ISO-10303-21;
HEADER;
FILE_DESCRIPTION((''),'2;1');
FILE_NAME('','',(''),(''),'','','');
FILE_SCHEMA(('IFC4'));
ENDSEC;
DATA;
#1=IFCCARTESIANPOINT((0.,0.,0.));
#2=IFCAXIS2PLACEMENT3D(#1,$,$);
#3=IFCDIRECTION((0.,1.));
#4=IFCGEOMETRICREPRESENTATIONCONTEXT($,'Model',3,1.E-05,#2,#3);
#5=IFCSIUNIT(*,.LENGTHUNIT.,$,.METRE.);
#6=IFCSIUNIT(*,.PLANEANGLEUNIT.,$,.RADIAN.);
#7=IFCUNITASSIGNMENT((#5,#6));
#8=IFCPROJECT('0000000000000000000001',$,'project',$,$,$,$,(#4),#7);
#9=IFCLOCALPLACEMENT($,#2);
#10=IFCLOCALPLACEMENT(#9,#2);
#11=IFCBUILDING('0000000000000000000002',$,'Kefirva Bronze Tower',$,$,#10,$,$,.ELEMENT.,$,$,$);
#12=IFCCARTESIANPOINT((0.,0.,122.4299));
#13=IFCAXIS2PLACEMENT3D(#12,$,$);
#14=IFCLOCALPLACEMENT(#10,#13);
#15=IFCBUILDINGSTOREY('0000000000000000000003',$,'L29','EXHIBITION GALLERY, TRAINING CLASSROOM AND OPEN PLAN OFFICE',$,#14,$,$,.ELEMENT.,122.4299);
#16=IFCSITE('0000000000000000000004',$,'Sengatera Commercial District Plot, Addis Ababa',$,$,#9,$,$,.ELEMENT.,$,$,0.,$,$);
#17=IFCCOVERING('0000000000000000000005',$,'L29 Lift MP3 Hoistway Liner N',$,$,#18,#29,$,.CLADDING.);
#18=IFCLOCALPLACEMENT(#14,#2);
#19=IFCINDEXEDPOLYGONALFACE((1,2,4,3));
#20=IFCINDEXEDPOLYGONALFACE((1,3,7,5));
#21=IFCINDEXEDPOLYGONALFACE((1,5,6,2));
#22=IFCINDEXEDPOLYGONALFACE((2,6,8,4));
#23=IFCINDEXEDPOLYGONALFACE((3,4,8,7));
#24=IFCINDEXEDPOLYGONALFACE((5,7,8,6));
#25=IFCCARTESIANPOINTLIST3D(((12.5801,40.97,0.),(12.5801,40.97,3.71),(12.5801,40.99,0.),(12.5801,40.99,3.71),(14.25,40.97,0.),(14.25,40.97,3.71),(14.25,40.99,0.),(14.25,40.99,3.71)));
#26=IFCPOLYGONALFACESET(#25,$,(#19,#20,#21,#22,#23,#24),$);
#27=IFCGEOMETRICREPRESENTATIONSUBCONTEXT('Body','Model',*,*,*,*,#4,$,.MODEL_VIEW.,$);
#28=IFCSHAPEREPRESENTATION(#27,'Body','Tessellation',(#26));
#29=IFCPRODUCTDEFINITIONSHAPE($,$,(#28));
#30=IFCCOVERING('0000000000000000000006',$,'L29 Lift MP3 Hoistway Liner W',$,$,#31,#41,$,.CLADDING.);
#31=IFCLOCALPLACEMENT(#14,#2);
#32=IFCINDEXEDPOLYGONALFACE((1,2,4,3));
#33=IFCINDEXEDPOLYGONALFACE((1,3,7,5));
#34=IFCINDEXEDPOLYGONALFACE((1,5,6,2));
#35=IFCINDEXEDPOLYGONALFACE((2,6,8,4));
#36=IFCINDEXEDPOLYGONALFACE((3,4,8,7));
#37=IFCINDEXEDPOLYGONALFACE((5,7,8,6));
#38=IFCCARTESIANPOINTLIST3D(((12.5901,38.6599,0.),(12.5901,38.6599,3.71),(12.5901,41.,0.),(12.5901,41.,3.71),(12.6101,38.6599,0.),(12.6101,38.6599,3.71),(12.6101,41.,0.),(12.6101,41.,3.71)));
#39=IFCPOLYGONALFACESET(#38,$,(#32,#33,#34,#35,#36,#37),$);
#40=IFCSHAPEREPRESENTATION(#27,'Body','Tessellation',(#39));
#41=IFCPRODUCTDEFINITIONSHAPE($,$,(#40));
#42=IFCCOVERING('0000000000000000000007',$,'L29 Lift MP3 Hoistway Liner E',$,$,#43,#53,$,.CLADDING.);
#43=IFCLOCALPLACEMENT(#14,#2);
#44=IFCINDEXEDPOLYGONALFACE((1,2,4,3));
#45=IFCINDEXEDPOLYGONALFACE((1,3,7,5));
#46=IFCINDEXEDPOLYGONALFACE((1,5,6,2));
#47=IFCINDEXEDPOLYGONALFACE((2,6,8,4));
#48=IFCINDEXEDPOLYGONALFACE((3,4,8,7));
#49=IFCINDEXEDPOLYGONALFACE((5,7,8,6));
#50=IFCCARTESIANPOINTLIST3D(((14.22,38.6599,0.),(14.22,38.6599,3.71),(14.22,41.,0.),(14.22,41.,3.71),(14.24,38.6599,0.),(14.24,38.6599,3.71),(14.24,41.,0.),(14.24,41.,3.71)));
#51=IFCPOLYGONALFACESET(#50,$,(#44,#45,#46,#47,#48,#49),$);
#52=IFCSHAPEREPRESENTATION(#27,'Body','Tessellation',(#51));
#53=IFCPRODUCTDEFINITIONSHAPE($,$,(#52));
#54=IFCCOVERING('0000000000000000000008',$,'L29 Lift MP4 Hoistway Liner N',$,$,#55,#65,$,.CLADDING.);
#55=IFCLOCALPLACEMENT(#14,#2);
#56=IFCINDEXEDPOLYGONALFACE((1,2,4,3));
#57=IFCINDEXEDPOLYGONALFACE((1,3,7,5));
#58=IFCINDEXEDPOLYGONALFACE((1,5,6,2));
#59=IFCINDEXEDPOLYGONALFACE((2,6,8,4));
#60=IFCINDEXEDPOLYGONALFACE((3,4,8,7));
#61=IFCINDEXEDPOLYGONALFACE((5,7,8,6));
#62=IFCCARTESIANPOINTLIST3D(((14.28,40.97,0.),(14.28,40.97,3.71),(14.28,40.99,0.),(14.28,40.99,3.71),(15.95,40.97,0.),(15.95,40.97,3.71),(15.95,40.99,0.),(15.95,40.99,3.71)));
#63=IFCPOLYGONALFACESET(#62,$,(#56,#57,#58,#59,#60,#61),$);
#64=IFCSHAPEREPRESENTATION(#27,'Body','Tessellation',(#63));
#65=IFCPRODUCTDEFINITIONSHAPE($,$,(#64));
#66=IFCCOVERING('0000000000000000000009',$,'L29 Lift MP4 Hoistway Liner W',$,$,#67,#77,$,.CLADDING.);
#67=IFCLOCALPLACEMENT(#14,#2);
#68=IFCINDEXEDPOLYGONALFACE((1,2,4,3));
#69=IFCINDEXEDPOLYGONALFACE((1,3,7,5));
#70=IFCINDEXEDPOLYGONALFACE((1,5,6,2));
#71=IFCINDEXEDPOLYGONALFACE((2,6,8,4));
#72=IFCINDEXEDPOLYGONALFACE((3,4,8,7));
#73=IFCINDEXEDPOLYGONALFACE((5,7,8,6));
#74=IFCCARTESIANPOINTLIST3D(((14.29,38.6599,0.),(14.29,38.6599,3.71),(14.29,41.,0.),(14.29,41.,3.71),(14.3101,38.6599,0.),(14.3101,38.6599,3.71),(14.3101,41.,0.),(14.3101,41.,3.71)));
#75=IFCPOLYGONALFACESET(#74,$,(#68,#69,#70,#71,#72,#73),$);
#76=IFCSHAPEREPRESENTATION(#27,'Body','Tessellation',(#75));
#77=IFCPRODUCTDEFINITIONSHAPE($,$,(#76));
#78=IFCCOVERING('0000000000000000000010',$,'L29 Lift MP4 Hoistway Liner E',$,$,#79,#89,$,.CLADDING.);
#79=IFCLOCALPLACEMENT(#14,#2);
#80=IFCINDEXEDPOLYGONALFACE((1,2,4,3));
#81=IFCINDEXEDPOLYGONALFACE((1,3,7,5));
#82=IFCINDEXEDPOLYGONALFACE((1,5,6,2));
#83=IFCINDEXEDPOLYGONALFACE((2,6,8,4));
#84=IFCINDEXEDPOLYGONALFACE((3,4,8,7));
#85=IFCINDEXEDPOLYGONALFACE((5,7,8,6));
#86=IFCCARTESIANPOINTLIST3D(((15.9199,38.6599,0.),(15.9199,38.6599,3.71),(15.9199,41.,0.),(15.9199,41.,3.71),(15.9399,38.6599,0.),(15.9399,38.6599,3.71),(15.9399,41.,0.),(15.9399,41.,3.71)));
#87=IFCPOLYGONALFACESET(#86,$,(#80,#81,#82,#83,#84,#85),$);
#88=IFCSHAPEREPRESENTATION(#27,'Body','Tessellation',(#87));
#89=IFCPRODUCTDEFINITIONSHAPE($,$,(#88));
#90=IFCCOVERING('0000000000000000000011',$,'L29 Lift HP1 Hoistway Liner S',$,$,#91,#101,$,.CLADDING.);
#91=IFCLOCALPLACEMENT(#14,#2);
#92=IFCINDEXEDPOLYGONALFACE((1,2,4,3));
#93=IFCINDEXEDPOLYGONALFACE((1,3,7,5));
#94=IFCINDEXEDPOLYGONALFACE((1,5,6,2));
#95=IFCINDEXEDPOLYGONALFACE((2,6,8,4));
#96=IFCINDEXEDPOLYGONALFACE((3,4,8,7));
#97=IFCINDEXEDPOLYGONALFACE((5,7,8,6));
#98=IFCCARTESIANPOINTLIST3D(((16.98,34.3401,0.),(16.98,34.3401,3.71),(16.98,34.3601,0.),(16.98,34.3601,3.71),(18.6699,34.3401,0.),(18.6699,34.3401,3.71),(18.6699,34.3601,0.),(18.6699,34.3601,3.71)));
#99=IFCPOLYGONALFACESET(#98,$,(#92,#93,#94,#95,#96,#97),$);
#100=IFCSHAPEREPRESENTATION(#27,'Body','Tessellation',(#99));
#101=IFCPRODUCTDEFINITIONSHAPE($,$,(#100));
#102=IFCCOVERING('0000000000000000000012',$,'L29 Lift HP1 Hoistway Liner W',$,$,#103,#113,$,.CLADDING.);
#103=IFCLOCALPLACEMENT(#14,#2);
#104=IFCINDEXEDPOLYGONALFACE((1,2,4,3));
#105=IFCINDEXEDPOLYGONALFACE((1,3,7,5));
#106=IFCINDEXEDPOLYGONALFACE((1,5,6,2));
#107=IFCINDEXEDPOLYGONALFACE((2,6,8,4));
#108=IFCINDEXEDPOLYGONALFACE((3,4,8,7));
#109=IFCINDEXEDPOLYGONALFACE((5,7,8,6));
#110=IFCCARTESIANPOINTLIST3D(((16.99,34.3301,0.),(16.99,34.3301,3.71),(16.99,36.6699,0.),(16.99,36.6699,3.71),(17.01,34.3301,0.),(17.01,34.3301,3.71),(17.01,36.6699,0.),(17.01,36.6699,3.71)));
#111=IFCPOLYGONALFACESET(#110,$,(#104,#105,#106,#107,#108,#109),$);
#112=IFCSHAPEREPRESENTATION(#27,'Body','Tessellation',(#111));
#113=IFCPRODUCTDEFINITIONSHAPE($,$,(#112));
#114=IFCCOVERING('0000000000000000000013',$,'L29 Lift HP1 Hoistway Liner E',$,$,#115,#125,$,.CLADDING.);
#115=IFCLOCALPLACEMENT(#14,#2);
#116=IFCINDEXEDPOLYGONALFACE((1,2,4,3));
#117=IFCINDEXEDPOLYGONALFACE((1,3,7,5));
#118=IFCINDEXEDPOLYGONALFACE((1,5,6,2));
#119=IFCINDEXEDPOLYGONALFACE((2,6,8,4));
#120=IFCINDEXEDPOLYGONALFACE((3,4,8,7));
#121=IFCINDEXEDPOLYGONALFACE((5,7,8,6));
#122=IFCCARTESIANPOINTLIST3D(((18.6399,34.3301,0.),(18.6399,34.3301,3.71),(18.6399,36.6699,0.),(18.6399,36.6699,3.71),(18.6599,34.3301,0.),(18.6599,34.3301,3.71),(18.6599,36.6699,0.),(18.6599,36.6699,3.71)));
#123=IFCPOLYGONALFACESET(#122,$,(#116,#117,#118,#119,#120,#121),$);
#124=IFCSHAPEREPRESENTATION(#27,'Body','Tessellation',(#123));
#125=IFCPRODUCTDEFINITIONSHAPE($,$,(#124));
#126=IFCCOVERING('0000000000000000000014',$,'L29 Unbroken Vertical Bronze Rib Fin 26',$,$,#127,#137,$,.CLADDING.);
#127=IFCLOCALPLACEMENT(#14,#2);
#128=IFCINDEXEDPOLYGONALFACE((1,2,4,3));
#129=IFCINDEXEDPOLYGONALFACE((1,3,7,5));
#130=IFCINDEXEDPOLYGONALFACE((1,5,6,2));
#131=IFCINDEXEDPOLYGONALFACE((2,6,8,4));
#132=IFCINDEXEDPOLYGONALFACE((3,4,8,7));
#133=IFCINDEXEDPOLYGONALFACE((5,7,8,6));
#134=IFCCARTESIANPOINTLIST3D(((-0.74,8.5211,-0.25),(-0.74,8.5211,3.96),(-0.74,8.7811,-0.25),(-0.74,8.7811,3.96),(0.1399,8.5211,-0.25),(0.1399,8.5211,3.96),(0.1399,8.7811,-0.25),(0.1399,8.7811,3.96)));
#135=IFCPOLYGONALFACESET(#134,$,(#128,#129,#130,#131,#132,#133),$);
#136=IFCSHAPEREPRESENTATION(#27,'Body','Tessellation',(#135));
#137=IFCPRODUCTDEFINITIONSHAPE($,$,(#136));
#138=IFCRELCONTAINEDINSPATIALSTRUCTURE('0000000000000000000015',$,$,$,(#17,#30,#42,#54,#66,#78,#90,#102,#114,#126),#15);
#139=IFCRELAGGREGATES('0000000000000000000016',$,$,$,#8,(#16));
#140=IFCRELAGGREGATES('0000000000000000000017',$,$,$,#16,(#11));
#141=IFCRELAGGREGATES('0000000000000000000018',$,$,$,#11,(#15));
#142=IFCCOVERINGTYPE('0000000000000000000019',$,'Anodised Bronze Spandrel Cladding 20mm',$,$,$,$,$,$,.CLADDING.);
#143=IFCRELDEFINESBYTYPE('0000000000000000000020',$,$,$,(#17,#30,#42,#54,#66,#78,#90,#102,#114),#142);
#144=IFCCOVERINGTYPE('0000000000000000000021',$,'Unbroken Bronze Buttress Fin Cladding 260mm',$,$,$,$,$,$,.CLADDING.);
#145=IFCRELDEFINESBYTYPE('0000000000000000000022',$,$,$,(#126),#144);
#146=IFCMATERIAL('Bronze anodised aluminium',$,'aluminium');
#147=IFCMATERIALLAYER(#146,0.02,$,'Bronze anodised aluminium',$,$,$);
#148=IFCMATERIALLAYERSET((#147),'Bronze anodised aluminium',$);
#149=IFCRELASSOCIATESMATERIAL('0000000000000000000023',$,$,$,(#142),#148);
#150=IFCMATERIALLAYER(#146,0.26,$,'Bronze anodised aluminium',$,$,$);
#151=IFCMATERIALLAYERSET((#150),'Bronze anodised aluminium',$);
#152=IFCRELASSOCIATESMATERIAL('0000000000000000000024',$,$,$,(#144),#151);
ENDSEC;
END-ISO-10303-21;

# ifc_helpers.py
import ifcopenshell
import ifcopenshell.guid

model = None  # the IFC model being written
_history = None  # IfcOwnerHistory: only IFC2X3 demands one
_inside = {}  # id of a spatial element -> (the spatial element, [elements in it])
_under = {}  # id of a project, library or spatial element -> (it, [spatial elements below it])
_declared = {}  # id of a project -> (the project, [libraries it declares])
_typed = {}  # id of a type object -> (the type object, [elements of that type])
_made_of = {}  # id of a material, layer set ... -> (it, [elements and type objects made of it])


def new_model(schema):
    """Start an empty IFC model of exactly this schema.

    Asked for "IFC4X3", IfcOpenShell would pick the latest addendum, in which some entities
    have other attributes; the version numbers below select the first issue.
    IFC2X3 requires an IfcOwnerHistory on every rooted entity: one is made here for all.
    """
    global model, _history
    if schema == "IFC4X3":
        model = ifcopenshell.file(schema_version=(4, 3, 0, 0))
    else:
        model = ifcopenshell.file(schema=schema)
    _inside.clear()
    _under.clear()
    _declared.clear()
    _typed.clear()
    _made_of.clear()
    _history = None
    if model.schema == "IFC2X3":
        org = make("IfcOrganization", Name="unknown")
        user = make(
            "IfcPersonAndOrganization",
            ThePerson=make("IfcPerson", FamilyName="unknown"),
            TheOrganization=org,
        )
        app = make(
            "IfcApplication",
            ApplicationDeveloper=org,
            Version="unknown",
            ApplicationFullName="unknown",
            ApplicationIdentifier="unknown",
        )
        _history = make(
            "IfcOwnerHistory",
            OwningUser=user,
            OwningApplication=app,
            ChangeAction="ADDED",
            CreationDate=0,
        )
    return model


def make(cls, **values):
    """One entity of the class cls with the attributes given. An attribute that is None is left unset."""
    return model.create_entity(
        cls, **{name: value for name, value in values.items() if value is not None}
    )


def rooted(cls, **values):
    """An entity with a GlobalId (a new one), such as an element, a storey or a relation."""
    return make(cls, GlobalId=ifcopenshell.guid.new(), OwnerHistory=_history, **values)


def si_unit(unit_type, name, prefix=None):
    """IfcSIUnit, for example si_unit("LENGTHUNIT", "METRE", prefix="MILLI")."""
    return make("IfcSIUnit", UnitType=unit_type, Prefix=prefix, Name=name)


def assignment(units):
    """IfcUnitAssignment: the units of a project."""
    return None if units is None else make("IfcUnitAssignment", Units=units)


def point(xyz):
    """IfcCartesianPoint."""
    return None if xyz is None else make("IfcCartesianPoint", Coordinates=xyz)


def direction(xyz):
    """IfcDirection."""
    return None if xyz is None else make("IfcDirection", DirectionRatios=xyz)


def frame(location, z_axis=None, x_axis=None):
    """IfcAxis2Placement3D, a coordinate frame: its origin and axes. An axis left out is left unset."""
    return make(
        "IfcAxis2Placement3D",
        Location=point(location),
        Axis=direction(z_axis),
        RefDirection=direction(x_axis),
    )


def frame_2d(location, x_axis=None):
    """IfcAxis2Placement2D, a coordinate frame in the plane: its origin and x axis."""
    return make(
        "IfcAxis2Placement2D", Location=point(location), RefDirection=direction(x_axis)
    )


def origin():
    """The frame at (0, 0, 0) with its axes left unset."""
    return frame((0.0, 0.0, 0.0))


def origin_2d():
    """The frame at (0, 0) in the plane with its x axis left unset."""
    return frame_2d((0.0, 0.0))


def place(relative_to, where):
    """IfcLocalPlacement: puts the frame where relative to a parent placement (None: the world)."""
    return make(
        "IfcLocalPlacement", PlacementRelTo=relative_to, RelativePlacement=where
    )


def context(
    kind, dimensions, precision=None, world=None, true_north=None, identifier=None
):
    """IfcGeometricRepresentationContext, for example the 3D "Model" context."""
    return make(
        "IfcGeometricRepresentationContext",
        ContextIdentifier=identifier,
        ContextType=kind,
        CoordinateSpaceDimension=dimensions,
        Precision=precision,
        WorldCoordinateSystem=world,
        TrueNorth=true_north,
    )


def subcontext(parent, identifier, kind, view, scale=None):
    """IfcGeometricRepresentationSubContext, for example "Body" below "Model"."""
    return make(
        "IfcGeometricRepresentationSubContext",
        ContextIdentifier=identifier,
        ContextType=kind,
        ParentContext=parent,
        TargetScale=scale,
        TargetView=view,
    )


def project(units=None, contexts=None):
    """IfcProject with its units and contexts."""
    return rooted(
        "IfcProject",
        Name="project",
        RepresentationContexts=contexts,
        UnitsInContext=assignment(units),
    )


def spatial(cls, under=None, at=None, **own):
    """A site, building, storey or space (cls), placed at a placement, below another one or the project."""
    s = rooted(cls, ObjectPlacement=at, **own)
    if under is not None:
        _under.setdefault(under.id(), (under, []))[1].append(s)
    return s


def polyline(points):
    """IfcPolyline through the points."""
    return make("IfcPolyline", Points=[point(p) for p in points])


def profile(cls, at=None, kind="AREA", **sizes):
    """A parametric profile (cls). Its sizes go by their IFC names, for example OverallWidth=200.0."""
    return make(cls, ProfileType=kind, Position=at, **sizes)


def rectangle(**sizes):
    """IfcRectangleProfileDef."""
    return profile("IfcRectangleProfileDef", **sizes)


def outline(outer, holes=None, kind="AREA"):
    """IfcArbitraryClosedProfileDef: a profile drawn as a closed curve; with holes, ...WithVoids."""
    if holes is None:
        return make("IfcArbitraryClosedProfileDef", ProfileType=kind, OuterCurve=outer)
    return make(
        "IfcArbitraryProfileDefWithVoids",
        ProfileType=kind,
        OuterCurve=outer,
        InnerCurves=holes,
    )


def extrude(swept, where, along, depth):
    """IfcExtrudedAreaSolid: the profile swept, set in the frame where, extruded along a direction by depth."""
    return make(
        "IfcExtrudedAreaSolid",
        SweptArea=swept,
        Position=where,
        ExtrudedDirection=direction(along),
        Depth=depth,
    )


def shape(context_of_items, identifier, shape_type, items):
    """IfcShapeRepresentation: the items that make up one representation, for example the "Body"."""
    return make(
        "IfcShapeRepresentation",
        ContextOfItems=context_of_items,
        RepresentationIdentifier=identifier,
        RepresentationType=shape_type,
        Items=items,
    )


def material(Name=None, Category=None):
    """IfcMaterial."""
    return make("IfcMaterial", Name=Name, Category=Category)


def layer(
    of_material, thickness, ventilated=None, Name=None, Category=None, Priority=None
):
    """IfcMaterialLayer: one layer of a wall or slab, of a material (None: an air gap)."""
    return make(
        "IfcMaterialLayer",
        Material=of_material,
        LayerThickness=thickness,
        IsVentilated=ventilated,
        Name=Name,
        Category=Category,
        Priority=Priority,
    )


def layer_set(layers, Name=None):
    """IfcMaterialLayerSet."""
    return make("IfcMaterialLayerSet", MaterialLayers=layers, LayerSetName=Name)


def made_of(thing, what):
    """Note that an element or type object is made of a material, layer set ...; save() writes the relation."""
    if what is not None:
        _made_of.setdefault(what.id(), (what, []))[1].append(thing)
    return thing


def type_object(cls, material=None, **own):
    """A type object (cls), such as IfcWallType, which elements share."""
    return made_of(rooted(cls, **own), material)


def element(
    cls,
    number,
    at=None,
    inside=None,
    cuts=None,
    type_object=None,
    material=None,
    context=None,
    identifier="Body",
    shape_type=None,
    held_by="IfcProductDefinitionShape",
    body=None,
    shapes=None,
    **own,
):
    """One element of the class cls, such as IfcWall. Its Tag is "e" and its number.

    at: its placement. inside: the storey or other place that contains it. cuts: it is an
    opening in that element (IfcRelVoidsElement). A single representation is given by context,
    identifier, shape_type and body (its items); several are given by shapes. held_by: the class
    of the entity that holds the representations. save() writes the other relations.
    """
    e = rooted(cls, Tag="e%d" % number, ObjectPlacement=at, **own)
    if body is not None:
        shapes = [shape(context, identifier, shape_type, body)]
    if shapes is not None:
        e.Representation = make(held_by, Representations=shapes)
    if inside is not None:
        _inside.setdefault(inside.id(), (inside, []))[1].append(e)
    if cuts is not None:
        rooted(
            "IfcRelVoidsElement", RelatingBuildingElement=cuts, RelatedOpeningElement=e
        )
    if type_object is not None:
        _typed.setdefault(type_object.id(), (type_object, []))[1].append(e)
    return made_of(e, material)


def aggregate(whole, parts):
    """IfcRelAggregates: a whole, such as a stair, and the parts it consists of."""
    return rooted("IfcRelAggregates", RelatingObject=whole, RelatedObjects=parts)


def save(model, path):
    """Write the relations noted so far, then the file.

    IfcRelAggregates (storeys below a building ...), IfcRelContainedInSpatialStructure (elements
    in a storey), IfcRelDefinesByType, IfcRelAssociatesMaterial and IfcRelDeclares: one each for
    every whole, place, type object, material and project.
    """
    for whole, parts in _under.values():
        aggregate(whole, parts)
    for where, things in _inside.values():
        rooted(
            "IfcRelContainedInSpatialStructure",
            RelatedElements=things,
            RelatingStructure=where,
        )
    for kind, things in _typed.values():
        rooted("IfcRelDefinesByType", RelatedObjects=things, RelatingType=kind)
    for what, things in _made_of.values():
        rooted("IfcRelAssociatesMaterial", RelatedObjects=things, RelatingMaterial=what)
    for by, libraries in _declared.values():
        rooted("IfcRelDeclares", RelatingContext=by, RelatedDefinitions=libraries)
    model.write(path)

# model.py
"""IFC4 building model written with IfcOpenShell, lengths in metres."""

from ifc_helpers import new_model, si_unit, direction, frame, origin, origin_2d, place, context, subcontext, project, spatial, polyline, rectangle, outline, extrude, material, layer, layer_set, type_object, element, save


model = new_model("IFC4")

# Units and contexts
model_context = context("Model", 3, precision=1e-05, world=origin(), true_north=direction((0.0, 1.0)))
body_context = subcontext(model_context, "Body", "Model", "MODEL_VIEW")
ifc_project = project(units=[si_unit("LENGTHUNIT", "METRE"), si_unit("PLANEANGLEUNIT", "RADIAN")], contexts=[model_context])

# Site, building, storey
site_placement = place(None, origin())
site = spatial("IfcSite", under=ifc_project, at=site_placement, Name="Sengatera Commercial District Plot, Addis Ababa", CompositionType="ELEMENT", RefElevation=0.0)
building_placement = place(site_placement, origin())
building = spatial("IfcBuilding", under=site, at=building_placement, Name="Kefirva Bronze Tower", CompositionType="ELEMENT")
storey_placement = place(building_placement, frame((0.0, 0.0, 122.4299)))
storey = spatial("IfcBuildingStorey", under=building, at=storey_placement, Name="L29", Description="EXHIBITION GALLERY, TRAINING CLASSROOM AND OPEN PLAN OFFICE", CompositionType="ELEMENT", Elevation=122.4299)

# Coverings
ifc_material = material(Name="Bronze anodised aluminium", Category="aluminium")
ifc_layer_1 = layer(ifc_material, 0.02, Name="Bronze anodised aluminium")
ifc_layer_set_1 = layer_set([ifc_layer_1], Name="Bronze anodised aluminium")
covering_type_1 = type_object("IfcCoveringType", Name="Anodised Bronze Spandrel Cladding 20mm", PredefinedType="CLADDING", material=ifc_layer_set_1)
covering_1_placement = place(storey_placement, origin())
element("IfcCovering", 1, at=covering_1_placement, inside=storey, type_object=covering_type_1, Name="L29 Lift MP3 Hoistway Liner N", PredefinedType="CLADDING", context=body_context, shape_type="SweptSolid", body=[
    extrude(outline(polyline([(12.5801, 40.97), (14.25, 40.97), (14.25, 40.99), (12.5801, 40.99), (12.5801, 40.97)])), origin(), (0.0, 0.0, 1.0), 3.71),
])
covering_2_placement = place(storey_placement, origin())
element("IfcCovering", 2, at=covering_2_placement, inside=storey, type_object=covering_type_1, Name="L29 Lift MP3 Hoistway Liner W", PredefinedType="CLADDING", context=body_context, shape_type="SweptSolid", body=[
    extrude(outline(polyline([(12.5901, 38.6599), (12.6101, 38.6599), (12.6101, 41.0), (12.5901, 41.0), (12.5901, 38.6599)])), origin(), (0.0, 0.0, 1.0), 3.71),
])
covering_3_placement = place(storey_placement, origin())
element("IfcCovering", 3, at=covering_3_placement, inside=storey, type_object=covering_type_1, Name="L29 Lift MP3 Hoistway Liner E", PredefinedType="CLADDING", context=body_context, shape_type="SweptSolid", body=[
    extrude(outline(polyline([(14.22, 38.6599), (14.24, 38.6599), (14.24, 41.0), (14.22, 41.0), (14.22, 38.6599)])), origin(), (0.0, 0.0, 1.0), 3.71),
])
covering_4_placement = place(storey_placement, origin())
element("IfcCovering", 4, at=covering_4_placement, inside=storey, type_object=covering_type_1, Name="L29 Lift MP4 Hoistway Liner N", PredefinedType="CLADDING", context=body_context, shape_type="SweptSolid", body=[
    extrude(outline(polyline([(14.28, 40.97), (15.95, 40.97), (15.95, 40.99), (14.28, 40.99), (14.28, 40.97)])), origin(), (0.0, 0.0, 1.0), 3.71),
])
covering_5_placement = place(storey_placement, origin())
element("IfcCovering", 5, at=covering_5_placement, inside=storey, type_object=covering_type_1, Name="L29 Lift MP4 Hoistway Liner W", PredefinedType="CLADDING", context=body_context, shape_type="SweptSolid", body=[
    extrude(outline(polyline([(14.29, 38.6599), (14.3101, 38.6599), (14.3101, 41.0), (14.29, 41.0), (14.29, 38.6599)])), origin(), (0.0, 0.0, 1.0), 3.71),
])
covering_6_placement = place(storey_placement, origin())
element("IfcCovering", 6, at=covering_6_placement, inside=storey, type_object=covering_type_1, Name="L29 Lift MP4 Hoistway Liner E", PredefinedType="CLADDING", context=body_context, shape_type="SweptSolid", body=[
    extrude(outline(polyline([(15.9199, 38.6599), (15.9399, 38.6599), (15.9399, 41.0), (15.9199, 41.0), (15.9199, 38.6599)])), origin(), (0.0, 0.0, 1.0), 3.71),
])
covering_7_placement = place(storey_placement, origin())
element("IfcCovering", 7, at=covering_7_placement, inside=storey, type_object=covering_type_1, Name="L29 Lift HP1 Hoistway Liner S", PredefinedType="CLADDING", context=body_context, shape_type="SweptSolid", body=[
    extrude(outline(polyline([(16.98, 34.3401), (18.6699, 34.3401), (18.6699, 34.3601), (16.98, 34.3601), (16.98, 34.3401)])), origin(), (0.0, 0.0, 1.0), 3.71),
])
covering_8_placement = place(storey_placement, origin())
element("IfcCovering", 8, at=covering_8_placement, inside=storey, type_object=covering_type_1, Name="L29 Lift HP1 Hoistway Liner W", PredefinedType="CLADDING", context=body_context, shape_type="SweptSolid", body=[
    extrude(outline(polyline([(16.99, 34.3301), (17.01, 34.3301), (17.01, 36.6699), (16.99, 36.6699), (16.99, 34.3301)])), origin(), (0.0, 0.0, 1.0), 3.71),
])
covering_9_placement = place(storey_placement, origin())
element("IfcCovering", 9, at=covering_9_placement, inside=storey, type_object=covering_type_1, Name="L29 Lift HP1 Hoistway Liner E", PredefinedType="CLADDING", context=body_context, shape_type="SweptSolid", body=[
    extrude(outline(polyline([(18.6399, 34.3301), (18.6599, 34.3301), (18.6599, 36.6699), (18.6399, 36.6699), (18.6399, 34.3301)])), origin(), (0.0, 0.0, 1.0), 3.71),
])
ifc_layer_2 = layer(ifc_material, 0.26, Name="Bronze anodised aluminium")
ifc_layer_set_2 = layer_set([ifc_layer_2], Name="Bronze anodised aluminium")
covering_type_2 = type_object("IfcCoveringType", Name="Unbroken Bronze Buttress Fin Cladding 260mm", PredefinedType="CLADDING", material=ifc_layer_set_2)
covering_10_placement = place(storey_placement, frame((-0.3, 8.6511, -0.25), z_axis=(0.0, 0.0, 1.0), x_axis=(0.0, -1.0, 0.0)))
element("IfcCovering", 10, at=covering_10_placement, inside=storey, type_object=covering_type_2, Name="L29 Unbroken Vertical Bronze Rib Fin 26", PredefinedType="CLADDING", context=body_context, shape_type="SweptSolid", body=[
    extrude(rectangle(XDim=0.26, YDim=0.8799, at=origin_2d()), origin(), (0.0, 0.0, 1.0), 4.21),
])

save(model, "model.ifc")
